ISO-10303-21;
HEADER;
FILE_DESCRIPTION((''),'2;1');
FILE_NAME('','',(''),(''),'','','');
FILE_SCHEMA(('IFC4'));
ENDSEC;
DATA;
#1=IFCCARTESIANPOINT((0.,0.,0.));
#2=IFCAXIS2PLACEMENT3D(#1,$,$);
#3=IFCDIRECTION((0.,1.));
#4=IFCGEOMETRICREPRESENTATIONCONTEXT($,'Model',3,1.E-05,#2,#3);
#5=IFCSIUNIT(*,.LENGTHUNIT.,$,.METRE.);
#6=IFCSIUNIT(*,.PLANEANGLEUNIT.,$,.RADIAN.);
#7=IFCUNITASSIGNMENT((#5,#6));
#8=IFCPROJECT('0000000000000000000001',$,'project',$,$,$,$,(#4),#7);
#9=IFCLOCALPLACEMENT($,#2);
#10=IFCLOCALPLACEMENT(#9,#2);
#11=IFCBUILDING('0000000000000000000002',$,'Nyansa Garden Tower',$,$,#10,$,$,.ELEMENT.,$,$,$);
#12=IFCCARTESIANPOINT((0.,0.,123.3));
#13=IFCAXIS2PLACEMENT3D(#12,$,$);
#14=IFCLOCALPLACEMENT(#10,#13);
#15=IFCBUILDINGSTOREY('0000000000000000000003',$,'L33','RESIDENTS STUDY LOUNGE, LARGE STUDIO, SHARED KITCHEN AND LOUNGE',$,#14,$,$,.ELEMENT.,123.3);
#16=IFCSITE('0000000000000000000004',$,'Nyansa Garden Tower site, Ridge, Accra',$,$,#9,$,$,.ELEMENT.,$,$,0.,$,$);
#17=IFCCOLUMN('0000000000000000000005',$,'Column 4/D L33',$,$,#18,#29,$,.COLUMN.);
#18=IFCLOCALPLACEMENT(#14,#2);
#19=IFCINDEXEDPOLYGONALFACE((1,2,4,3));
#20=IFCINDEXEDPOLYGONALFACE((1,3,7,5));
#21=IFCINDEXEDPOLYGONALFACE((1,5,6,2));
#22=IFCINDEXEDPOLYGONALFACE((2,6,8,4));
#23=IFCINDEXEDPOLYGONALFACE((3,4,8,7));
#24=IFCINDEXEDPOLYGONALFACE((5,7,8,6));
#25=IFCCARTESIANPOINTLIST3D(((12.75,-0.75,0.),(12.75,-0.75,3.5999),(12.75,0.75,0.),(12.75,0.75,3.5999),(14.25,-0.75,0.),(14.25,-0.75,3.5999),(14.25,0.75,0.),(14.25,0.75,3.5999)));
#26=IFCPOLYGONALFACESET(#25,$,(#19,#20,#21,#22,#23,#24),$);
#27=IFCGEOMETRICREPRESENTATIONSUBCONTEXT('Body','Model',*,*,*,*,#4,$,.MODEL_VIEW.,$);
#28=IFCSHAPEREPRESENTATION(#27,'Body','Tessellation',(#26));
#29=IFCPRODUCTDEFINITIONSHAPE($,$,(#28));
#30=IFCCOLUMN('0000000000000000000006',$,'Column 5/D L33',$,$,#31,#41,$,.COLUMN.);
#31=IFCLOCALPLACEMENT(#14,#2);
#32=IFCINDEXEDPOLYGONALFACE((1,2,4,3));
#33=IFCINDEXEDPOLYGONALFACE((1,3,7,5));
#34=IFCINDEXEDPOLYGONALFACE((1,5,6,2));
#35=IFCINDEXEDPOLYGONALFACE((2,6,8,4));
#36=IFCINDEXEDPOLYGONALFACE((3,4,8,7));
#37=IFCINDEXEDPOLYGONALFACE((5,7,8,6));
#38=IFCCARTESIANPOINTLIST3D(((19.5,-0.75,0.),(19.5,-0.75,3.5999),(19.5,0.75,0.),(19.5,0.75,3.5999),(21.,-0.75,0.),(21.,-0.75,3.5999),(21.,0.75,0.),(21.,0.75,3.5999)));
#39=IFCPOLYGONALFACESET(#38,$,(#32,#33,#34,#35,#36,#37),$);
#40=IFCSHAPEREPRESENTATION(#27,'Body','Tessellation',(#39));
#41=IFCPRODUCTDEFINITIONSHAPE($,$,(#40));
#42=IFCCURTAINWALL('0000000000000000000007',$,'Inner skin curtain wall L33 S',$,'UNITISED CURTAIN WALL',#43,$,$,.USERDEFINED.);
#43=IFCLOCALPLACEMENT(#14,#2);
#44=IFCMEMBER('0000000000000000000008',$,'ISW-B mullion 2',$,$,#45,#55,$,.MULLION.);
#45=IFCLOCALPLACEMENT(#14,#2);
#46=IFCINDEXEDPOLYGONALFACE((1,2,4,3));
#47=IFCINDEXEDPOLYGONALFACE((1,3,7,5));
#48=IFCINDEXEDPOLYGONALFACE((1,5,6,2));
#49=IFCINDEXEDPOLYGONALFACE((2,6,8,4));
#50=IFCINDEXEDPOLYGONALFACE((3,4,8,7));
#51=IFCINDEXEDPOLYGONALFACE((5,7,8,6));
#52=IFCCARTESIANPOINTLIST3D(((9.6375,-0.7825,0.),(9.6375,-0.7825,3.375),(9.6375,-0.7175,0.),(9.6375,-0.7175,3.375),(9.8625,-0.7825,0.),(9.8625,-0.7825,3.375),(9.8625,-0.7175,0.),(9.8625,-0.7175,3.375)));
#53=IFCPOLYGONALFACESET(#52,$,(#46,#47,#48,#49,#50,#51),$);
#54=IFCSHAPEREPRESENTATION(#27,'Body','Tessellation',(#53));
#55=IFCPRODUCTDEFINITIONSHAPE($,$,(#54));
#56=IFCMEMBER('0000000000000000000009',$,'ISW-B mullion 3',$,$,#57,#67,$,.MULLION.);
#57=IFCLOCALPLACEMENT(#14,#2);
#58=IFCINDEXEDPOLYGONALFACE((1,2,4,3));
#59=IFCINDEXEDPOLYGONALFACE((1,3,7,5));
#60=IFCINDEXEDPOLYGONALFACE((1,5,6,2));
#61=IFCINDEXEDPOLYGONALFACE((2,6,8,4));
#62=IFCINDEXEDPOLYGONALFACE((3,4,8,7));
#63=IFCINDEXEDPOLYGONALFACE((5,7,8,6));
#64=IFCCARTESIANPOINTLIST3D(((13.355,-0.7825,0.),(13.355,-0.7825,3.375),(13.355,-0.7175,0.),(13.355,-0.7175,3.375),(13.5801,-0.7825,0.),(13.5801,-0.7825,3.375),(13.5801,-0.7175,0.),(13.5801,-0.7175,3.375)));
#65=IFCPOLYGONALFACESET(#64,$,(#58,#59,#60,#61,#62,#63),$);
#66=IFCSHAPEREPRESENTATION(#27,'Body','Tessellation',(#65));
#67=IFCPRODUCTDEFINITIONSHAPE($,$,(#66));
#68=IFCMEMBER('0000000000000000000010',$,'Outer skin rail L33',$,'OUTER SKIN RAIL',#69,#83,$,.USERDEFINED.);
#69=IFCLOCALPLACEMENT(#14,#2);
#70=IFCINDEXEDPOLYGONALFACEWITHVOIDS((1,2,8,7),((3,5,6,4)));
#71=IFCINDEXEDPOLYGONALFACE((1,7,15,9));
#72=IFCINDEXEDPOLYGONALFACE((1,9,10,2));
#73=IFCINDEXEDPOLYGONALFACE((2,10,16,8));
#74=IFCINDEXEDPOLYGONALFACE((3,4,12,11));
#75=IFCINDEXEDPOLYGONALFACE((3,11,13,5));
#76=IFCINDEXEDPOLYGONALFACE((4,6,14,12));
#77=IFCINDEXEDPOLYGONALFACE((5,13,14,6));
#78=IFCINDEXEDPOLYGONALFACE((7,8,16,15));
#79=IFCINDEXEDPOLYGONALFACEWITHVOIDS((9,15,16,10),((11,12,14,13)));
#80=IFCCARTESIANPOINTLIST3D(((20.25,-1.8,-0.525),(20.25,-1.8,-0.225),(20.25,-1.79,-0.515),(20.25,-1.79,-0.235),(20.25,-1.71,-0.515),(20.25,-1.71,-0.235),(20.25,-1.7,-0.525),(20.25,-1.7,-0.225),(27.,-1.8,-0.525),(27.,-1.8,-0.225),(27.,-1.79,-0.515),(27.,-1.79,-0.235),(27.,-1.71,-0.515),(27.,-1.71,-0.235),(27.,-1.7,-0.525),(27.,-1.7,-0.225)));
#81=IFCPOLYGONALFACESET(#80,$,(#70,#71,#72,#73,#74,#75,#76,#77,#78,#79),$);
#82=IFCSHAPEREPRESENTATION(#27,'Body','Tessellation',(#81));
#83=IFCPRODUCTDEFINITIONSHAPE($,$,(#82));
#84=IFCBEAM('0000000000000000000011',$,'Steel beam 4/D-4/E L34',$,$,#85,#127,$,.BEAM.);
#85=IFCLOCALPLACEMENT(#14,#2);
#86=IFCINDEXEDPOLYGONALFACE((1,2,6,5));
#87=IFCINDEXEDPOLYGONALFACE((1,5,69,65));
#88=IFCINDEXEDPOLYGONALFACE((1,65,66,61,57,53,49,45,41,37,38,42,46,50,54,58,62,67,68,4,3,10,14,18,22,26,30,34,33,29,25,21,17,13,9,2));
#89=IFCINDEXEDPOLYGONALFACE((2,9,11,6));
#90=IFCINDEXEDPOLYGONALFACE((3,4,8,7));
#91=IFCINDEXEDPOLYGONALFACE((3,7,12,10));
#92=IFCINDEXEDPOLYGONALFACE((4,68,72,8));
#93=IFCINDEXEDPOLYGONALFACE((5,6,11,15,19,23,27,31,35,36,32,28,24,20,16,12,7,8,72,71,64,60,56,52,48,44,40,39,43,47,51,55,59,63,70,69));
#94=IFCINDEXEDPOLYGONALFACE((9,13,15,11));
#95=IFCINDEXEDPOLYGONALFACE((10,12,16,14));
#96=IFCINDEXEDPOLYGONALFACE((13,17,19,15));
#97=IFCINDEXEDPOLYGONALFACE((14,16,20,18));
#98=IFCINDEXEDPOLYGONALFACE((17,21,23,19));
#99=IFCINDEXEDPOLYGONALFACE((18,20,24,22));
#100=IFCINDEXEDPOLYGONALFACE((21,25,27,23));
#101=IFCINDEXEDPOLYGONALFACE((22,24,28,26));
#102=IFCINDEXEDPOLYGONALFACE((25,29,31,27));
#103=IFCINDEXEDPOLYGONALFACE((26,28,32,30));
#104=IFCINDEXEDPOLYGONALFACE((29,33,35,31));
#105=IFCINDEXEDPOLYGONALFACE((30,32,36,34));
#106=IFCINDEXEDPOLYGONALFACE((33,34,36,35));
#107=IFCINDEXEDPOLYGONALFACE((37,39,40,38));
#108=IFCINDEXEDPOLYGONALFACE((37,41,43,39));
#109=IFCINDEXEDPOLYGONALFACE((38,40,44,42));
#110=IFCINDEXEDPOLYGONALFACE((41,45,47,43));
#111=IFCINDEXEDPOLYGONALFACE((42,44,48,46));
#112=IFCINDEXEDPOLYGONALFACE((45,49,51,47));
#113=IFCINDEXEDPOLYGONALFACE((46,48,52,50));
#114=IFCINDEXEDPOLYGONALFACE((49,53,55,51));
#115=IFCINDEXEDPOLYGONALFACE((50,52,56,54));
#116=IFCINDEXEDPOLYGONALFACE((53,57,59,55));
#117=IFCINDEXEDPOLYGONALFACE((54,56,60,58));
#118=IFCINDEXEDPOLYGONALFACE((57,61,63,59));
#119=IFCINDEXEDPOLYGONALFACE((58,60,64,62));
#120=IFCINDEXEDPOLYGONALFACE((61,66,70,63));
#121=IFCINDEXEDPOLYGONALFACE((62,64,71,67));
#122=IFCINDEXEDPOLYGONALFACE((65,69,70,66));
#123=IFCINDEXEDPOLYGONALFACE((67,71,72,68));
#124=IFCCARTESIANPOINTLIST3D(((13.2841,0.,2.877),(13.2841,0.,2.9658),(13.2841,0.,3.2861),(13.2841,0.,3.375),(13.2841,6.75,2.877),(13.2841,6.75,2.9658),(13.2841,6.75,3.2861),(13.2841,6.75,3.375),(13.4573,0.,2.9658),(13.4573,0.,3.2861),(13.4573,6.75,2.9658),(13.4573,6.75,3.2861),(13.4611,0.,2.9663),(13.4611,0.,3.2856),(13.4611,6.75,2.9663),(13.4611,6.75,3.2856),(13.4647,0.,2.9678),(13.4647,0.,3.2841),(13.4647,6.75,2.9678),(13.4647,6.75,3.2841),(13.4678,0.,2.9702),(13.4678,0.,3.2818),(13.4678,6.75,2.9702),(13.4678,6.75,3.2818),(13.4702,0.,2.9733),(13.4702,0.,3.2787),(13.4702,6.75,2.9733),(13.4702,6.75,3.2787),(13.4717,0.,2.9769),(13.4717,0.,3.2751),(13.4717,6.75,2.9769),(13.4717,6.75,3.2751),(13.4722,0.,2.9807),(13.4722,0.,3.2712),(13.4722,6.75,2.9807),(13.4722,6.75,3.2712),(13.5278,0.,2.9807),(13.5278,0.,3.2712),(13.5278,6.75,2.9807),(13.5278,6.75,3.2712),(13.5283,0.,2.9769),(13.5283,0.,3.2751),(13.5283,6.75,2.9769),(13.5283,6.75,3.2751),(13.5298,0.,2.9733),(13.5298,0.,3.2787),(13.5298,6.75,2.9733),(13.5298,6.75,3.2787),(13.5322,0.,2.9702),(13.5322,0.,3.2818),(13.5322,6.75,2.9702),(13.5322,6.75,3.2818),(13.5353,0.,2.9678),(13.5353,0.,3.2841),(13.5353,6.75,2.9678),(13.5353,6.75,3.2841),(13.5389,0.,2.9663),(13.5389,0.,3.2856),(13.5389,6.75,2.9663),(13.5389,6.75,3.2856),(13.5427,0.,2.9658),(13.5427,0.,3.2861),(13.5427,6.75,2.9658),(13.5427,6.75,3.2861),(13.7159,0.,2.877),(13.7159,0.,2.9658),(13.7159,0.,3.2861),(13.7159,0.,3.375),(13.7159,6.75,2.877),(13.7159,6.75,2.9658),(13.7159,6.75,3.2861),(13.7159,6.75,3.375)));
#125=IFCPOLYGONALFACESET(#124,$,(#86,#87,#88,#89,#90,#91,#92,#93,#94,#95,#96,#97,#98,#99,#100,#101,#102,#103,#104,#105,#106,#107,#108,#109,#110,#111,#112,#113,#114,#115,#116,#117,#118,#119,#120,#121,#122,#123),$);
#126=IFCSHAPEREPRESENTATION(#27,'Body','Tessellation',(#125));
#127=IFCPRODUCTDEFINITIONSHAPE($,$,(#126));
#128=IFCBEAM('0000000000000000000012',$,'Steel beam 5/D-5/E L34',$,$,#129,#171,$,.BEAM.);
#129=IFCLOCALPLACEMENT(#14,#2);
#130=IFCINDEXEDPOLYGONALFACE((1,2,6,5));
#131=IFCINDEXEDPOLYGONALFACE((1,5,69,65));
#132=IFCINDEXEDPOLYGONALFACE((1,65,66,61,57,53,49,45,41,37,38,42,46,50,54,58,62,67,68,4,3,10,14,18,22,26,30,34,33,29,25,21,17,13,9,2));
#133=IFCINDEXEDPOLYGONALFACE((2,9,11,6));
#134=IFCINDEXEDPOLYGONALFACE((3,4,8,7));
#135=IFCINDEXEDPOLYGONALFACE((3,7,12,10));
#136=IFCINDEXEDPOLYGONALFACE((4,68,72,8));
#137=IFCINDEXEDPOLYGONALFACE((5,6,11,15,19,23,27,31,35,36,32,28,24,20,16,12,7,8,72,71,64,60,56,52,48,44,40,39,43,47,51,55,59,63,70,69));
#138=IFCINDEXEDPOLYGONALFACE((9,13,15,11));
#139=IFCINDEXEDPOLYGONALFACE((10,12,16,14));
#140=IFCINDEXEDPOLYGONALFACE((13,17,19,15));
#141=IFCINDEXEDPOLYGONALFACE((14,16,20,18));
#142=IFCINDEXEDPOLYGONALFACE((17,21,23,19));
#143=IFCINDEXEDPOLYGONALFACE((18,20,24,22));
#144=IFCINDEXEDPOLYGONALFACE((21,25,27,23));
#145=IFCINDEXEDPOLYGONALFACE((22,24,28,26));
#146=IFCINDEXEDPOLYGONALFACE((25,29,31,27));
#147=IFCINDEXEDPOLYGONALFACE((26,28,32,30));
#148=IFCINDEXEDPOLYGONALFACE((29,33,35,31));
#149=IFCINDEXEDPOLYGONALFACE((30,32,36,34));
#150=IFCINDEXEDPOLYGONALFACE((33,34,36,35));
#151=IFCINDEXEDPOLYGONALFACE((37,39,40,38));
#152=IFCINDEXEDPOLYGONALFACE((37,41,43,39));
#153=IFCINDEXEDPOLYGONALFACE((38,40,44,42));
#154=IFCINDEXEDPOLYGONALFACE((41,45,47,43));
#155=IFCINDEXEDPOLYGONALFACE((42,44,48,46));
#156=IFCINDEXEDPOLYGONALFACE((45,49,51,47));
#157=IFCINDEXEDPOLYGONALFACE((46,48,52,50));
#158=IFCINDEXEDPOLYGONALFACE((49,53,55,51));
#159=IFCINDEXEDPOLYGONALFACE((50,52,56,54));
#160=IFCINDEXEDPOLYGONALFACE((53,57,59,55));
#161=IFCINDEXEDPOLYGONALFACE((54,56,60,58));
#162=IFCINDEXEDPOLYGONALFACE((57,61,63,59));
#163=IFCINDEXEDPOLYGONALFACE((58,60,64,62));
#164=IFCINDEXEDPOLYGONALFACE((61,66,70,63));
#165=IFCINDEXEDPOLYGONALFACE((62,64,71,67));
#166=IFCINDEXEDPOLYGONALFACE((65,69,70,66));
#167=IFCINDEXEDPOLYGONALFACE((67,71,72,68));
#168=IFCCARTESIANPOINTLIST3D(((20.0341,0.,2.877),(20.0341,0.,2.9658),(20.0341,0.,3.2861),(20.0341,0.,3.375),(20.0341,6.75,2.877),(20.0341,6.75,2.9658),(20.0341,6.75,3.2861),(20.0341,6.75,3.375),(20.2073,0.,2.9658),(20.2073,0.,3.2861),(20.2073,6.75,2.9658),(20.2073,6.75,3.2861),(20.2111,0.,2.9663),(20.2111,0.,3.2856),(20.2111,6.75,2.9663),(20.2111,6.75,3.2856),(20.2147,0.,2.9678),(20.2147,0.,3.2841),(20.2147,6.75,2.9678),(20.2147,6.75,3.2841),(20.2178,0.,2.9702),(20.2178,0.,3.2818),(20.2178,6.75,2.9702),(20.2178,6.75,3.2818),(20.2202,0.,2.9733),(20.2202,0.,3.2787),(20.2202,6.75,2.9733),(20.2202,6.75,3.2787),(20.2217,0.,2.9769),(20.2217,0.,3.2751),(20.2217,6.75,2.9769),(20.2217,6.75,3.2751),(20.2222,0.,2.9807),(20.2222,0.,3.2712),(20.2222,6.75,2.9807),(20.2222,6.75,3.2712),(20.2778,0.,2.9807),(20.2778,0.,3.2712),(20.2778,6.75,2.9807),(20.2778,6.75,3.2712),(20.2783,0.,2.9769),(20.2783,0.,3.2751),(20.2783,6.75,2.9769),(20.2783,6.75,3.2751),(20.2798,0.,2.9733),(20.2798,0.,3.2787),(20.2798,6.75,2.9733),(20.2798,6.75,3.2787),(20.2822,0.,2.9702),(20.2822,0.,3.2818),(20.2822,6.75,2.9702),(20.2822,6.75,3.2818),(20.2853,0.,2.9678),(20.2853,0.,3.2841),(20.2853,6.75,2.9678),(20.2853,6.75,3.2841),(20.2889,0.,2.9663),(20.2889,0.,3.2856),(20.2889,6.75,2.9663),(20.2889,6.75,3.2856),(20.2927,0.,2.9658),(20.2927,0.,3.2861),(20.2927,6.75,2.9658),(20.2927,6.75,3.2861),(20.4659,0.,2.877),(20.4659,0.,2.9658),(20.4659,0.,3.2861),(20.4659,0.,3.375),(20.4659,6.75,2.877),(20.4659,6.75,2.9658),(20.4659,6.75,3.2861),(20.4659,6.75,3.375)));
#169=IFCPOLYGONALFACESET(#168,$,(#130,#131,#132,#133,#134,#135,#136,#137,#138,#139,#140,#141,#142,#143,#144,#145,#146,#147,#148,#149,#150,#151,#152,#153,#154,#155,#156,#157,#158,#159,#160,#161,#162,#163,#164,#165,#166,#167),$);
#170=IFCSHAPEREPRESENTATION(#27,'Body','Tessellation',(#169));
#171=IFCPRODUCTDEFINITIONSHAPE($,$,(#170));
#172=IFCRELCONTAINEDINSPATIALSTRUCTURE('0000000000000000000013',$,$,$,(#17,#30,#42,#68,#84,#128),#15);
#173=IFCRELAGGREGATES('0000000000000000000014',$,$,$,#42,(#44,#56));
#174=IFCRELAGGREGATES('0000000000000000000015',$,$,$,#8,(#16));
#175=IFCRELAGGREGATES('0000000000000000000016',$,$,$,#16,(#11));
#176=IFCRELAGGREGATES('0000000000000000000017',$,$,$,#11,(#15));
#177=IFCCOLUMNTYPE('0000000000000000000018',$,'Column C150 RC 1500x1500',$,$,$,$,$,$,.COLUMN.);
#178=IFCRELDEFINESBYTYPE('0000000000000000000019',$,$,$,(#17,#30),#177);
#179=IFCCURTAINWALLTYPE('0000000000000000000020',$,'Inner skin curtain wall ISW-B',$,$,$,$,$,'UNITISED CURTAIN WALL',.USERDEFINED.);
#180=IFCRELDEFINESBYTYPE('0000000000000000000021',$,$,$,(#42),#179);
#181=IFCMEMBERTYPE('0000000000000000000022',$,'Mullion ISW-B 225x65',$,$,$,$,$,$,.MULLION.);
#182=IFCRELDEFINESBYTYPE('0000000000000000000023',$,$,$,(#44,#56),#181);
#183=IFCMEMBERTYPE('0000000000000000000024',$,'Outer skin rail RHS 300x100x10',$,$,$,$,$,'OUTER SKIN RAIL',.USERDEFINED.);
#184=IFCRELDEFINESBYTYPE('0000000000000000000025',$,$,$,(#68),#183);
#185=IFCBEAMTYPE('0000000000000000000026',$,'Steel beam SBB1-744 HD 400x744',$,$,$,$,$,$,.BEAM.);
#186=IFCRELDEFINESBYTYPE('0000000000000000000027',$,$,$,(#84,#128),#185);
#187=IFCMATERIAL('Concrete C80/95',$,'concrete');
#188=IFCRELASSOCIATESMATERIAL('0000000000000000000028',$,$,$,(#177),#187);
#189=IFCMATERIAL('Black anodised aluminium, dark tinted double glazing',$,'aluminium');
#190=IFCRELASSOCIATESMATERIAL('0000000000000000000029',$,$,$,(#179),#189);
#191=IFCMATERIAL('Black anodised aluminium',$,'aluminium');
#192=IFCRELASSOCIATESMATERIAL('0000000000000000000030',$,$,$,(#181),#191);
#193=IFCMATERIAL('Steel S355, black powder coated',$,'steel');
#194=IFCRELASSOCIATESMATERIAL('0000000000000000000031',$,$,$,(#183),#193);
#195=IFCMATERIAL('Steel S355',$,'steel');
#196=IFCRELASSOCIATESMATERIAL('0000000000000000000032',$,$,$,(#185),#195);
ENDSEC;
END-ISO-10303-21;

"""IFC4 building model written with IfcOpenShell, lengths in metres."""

from ifc_helpers import new_model, si_unit, direction, frame, origin, origin_2d, place, context, subcontext, project, spatial, rectangle, hollow_rectangle, i_section, extrude, material, material_profile, profile_set, type_object, element, aggregate, save


model = new_model("IFC4")

# Units and contexts
model_context = context("Model", 3, precision=1e-05, world=origin(), true_north=direction((0.0, 1.0)))
body_context = subcontext(model_context, "Body", "Model", "MODEL_VIEW")
ifc_project = project(units=[si_unit("LENGTHUNIT", "METRE"), si_unit("PLANEANGLEUNIT", "RADIAN")], contexts=[model_context])

# Site, building, storey
site_placement = place(None, origin())
site = spatial("IfcSite", under=ifc_project, at=site_placement, Name="Nyansa Garden Tower site, Ridge, Accra", CompositionType="ELEMENT", RefElevation=0.0)
building_placement = place(site_placement, origin())
building = spatial("IfcBuilding", under=site, at=building_placement, Name="Nyansa Garden Tower", CompositionType="ELEMENT")
storey_placement = place(building_placement, frame((0.0, 0.0, 123.3)))
storey = spatial("IfcBuildingStorey", under=building, at=storey_placement, Name="L33", Description="RESIDENTS STUDY LOUNGE, LARGE STUDIO, SHARED KITCHEN AND LOUNGE", CompositionType="ELEMENT", Elevation=123.3)

# Columns
ifc_material_1 = material(Name="Concrete C80/95", Category="concrete")
ifc_material_profile_1 = material_profile(ifc_material_1, rectangle(XDim=1.5, YDim=1.5, at=origin_2d()), Name="RC 1500x1500")
ifc_profile_set_1 = profile_set([ifc_material_profile_1], Name="Concrete C80/95")
column_type = type_object("IfcColumnType", Name="Column C150 RC 1500x1500", PredefinedType="COLUMN", material=ifc_profile_set_1)
for number, where, z_axis, x_axis, name in (
    (1, (13.5, 0.0, 0.0), (0.0, 0.0, 1.0), (1.0, 0.0, 0.0), "Column 4/D L33"),
    (2, (20.25, 0.0, 0.0), (0.0, 0.0, 1.0), (1.0, 0.0, 0.0), "Column 5/D L33"),
):
    element("IfcColumn", number, at=place(storey_placement, frame(where, z_axis=z_axis, x_axis=x_axis)), inside=storey, type_object=column_type, Name=name, PredefinedType="COLUMN", context=body_context, shape_type="SweptSolid", body=[
        extrude(rectangle(XDim=1.5, YDim=1.5, at=origin_2d()), origin(), (0.0, 0.0, 1.0), 3.5999),
    ])

# Curtain wall, members
ifc_material_2 = material(Name="Black anodised aluminium, dark tinted double glazing", Category="aluminium")
curtain_wall_type = type_object("IfcCurtainWallType", Name="Inner skin curtain wall ISW-B", ElementType="UNITISED CURTAIN WALL", PredefinedType="USERDEFINED", material=ifc_material_2)
curtain_wall_placement = place(storey_placement, origin())
curtain_wall = element("IfcCurtainWall", 3, at=curtain_wall_placement, inside=storey, type_object=curtain_wall_type, Name="Inner skin curtain wall L33 S", ObjectType="UNITISED CURTAIN WALL", PredefinedType="USERDEFINED")
ifc_material_3 = material(Name="Black anodised aluminium", Category="aluminium")
ifc_material_profile_2 = material_profile(ifc_material_3, rectangle(XDim=0.0649, YDim=0.2251, at=origin_2d()), Name="Mullion 225x65")
ifc_profile_set_2 = profile_set([ifc_material_profile_2], Name="Black anodised aluminium")
member_type_1 = type_object("IfcMemberType", Name="Mullion ISW-B 225x65", PredefinedType="MULLION", material=ifc_profile_set_2)
member_1_placement = place(storey_placement, frame((9.75, -0.75, 0.0), z_axis=(0.0, 0.0, 1.0), x_axis=(0.0, 1.0, 0.0)))
member_1 = element("IfcMember", 4, at=member_1_placement, type_object=member_type_1, Name="ISW-B mullion 2", PredefinedType="MULLION", context=body_context, shape_type="SweptSolid", body=[
    extrude(rectangle(XDim=0.0649, YDim=0.2251, at=origin_2d()), origin(), (0.0, 0.0, 1.0), 3.375),
])
member_2_placement = place(storey_placement, frame((13.4675, -0.75, 0.0), z_axis=(0.0, 0.0, 1.0), x_axis=(0.0, 1.0, 0.0)))
member_2 = element("IfcMember", 5, at=member_2_placement, type_object=member_type_1, Name="ISW-B mullion 3", PredefinedType="MULLION", context=body_context, shape_type="SweptSolid", body=[
    extrude(rectangle(XDim=0.0649, YDim=0.2251, at=origin_2d()), origin(), (0.0, 0.0, 1.0), 3.375),
])

# Member
ifc_material_4 = material(Name="Steel S355, black powder coated", Category="steel")
ifc_material_profile_3 = material_profile(ifc_material_4, hollow_rectangle(XDim=0.1001, YDim=0.3, WallThickness=0.01, at=origin_2d()), Name="RHS 300x100x10")
ifc_profile_set_3 = profile_set([ifc_material_profile_3], Name="Steel S355, black powder coated")
member_type_2 = type_object("IfcMemberType", Name="Outer skin rail RHS 300x100x10", ElementType="OUTER SKIN RAIL", PredefinedType="USERDEFINED", material=ifc_profile_set_3)
member_3_placement = place(storey_placement, frame((20.25, -1.75, -0.375), z_axis=(1.0, 0.0, 0.0), x_axis=(0.0, 1.0, 0.0)))
element("IfcMember", 6, at=member_3_placement, inside=storey, type_object=member_type_2, Name="Outer skin rail L33", ObjectType="OUTER SKIN RAIL", PredefinedType="USERDEFINED", context=body_context, shape_type="SweptSolid", body=[
    extrude(hollow_rectangle(XDim=0.1001, YDim=0.3, WallThickness=0.01, at=origin_2d()), origin(), (0.0, 0.0, 1.0), 6.75),
])

# Beams
ifc_material_5 = material(Name="Steel S355", Category="steel")
ifc_material_profile_4 = material_profile(ifc_material_5, i_section(OverallWidth=0.4319, OverallDepth=0.498, WebThickness=0.0557, FlangeThickness=0.0889, FilletRadius=0.0149, at=origin_2d()), Name="HD 400x744")
ifc_profile_set_4 = profile_set([ifc_material_profile_4], Name="Steel S355")
beam_type_1 = type_object("IfcBeamType", Name="Steel beam SBB1-744 HD 400x744", PredefinedType="BEAM", material=ifc_profile_set_4)
for number, where, z_axis, x_axis, name in (
    (7, (13.5, 0.0, 3.126), (0.0, 1.0, 0.0), (-1.0, 0.0, 0.0), "Steel beam 4/D-4/E L34"),
    (8, (20.25, 0.0, 3.126), (0.0, 1.0, 0.0), (-1.0, 0.0, 0.0), "Steel beam 5/D-5/E L34"),
):
    element("IfcBeam", number, at=place(storey_placement, frame(where, z_axis=z_axis, x_axis=x_axis)), inside=storey, type_object=beam_type_1, Name=name, PredefinedType="BEAM", context=body_context, shape_type="SweptSolid", body=[
        extrude(i_section(OverallWidth=0.4319, OverallDepth=0.498, WebThickness=0.0557, FlangeThickness=0.0889, FilletRadius=0.0149, at=origin_2d()), origin(), (0.0, 0.0, 1.0), 6.75),
    ])

aggregate(curtain_wall, [member_1, member_2])

save(model, "model.ifc")
